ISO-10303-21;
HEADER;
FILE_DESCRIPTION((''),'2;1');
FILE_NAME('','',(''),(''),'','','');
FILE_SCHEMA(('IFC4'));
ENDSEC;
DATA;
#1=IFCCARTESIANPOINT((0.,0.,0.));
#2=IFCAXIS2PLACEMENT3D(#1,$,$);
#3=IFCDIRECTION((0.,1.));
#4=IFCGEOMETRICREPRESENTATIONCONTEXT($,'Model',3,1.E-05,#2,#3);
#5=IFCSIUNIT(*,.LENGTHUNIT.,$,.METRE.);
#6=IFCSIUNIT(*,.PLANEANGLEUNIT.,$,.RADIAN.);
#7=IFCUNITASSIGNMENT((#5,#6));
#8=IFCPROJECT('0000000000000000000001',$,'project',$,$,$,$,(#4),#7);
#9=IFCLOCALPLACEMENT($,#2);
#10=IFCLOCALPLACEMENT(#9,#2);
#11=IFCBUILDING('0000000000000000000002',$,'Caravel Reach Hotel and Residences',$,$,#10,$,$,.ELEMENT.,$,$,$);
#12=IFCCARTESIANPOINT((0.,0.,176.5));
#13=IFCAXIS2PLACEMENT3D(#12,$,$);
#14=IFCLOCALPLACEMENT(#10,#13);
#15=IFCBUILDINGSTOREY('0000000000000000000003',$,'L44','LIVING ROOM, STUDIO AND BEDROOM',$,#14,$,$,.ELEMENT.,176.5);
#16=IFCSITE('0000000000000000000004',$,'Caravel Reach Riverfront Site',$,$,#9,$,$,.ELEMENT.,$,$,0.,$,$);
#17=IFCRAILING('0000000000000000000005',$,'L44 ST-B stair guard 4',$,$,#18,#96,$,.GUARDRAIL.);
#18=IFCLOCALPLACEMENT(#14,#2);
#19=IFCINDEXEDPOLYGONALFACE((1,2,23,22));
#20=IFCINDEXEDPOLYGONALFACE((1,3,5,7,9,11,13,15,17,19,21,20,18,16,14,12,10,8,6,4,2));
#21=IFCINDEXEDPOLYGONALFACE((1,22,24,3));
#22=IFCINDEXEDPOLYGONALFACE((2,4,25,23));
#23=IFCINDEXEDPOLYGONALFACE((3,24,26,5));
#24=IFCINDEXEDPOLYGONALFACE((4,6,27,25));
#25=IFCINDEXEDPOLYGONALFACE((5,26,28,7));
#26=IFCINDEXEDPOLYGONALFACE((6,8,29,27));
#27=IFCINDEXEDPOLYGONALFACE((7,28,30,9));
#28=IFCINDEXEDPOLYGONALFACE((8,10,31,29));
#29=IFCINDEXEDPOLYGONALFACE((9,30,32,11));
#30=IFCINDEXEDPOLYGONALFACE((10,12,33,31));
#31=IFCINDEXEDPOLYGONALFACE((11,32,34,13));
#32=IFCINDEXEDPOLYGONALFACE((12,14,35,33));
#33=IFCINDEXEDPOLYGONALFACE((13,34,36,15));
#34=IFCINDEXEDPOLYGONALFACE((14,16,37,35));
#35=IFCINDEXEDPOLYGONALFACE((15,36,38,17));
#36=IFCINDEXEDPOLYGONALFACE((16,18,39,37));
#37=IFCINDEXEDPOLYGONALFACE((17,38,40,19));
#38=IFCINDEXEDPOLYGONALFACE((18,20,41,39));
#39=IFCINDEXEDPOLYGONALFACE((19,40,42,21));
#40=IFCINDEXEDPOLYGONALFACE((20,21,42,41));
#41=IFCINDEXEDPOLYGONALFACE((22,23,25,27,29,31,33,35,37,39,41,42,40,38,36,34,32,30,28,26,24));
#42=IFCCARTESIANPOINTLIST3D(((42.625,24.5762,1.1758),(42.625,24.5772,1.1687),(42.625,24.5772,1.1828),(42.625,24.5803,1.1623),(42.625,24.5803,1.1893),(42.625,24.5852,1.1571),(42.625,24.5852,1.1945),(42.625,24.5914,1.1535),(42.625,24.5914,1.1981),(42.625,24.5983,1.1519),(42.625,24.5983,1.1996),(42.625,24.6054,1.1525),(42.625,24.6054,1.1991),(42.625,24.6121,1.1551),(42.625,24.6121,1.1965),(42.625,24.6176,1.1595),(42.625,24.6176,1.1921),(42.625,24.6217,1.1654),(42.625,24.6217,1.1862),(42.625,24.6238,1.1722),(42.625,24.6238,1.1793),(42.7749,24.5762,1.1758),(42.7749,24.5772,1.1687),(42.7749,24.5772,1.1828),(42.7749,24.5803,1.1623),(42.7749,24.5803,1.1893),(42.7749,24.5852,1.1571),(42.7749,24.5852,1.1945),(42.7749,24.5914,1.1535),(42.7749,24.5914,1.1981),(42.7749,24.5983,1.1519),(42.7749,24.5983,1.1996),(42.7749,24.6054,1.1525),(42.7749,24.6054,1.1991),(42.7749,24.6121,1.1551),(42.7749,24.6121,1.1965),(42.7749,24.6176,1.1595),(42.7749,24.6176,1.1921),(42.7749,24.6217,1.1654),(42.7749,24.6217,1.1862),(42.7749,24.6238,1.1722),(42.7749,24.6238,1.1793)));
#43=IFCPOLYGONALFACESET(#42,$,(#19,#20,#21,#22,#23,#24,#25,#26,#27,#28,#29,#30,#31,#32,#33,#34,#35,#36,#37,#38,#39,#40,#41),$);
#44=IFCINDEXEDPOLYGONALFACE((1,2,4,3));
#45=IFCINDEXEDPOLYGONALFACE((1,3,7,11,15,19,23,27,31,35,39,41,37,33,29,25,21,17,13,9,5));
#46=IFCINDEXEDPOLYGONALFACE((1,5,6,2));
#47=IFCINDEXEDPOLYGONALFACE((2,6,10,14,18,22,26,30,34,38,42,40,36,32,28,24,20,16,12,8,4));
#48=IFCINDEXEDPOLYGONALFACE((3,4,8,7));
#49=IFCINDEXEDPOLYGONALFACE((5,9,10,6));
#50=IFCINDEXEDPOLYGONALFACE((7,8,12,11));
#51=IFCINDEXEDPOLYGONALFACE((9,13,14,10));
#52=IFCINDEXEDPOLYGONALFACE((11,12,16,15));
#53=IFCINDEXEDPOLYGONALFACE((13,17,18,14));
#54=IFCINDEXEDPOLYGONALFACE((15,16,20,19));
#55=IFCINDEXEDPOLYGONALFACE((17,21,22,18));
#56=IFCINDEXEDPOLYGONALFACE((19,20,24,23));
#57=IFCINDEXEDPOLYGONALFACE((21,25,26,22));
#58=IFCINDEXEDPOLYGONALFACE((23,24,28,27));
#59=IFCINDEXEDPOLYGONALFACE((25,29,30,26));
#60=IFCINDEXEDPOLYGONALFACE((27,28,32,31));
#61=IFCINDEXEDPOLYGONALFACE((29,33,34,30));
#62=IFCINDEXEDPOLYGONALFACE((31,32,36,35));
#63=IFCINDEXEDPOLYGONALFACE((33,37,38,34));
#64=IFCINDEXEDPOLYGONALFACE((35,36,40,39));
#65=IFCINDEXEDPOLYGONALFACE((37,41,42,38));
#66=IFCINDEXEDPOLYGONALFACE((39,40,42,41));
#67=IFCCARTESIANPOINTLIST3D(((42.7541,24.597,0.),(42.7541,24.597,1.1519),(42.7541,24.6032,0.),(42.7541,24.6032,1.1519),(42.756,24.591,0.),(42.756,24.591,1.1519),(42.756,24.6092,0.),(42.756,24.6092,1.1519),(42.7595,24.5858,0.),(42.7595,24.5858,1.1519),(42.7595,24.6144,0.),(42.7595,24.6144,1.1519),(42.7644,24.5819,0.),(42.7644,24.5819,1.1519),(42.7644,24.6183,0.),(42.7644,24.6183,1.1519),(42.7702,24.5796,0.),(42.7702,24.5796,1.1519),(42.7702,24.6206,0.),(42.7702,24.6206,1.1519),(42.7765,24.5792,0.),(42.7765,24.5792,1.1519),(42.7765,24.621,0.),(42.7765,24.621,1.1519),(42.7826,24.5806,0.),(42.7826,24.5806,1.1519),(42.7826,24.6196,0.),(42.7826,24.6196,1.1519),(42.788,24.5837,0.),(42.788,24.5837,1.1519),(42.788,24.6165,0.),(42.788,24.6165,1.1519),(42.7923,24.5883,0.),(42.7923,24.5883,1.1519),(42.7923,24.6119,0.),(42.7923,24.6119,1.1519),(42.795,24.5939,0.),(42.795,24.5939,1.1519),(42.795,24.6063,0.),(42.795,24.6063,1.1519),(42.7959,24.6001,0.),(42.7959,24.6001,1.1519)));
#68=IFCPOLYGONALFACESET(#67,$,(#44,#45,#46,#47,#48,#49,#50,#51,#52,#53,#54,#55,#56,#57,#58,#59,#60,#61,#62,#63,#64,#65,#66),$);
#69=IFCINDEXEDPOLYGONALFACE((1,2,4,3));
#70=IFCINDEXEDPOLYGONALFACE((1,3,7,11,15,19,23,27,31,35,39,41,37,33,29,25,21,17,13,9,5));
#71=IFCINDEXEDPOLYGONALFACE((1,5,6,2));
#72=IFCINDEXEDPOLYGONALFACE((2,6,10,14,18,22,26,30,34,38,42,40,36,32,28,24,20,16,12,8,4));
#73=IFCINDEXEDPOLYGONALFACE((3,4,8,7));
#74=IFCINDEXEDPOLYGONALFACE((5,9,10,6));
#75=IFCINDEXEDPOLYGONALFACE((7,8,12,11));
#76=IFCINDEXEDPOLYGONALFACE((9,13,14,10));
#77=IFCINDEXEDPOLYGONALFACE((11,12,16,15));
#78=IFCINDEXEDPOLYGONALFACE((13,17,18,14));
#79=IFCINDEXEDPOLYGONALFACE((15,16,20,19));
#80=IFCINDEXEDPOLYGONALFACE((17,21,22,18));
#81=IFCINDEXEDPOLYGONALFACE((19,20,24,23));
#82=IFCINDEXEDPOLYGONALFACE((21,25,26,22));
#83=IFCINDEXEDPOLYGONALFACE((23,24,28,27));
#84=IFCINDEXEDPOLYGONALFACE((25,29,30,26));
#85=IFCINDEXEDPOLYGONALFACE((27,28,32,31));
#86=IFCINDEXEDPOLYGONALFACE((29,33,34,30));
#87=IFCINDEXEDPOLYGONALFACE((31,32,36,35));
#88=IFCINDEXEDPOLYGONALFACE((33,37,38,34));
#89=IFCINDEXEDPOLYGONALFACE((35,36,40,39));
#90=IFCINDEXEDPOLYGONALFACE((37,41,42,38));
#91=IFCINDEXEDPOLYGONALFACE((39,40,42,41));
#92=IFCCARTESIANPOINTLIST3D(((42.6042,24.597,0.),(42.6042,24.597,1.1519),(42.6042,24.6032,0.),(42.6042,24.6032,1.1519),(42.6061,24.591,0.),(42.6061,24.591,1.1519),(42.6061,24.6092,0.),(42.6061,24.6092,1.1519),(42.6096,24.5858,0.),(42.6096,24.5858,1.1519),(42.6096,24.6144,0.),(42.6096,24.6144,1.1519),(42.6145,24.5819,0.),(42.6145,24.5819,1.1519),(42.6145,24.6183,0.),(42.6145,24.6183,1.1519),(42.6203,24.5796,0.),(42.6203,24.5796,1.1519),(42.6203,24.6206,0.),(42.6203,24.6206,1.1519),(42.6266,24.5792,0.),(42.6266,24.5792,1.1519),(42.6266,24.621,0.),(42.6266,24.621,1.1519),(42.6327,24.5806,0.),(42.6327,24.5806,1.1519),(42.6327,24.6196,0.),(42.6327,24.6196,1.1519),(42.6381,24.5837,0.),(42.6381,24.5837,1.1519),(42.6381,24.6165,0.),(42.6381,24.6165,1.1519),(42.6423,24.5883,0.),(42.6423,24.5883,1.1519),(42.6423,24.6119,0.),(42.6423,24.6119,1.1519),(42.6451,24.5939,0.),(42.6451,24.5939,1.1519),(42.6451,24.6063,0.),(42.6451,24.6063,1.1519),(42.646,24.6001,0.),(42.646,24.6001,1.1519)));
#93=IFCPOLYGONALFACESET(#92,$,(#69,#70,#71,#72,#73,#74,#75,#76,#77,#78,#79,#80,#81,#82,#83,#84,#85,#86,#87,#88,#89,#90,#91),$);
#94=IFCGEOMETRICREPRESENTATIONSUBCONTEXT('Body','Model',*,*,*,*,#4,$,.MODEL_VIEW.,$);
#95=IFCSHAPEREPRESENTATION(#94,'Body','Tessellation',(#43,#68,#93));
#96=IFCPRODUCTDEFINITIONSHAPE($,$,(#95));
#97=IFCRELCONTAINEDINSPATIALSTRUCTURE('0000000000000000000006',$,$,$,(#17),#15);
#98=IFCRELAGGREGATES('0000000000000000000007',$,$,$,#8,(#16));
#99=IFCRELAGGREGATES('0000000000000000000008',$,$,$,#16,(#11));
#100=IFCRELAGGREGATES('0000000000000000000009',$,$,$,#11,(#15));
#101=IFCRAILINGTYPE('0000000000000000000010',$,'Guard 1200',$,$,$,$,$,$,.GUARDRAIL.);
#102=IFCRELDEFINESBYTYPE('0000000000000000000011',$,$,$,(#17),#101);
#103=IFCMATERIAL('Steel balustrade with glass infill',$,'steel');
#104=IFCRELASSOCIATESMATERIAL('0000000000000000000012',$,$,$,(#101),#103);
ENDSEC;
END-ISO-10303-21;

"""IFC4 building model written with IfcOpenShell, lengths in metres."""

from ifc_helpers import new_model, si_unit, direction, frame, origin, origin_2d, place, context, subcontext, project, spatial, circle, extrude, material, type_object, element, save


model = new_model("IFC4")

# Units and contexts
model_context = context("Model", 3, precision=1e-05, world=origin(), true_north=direction((0.0, 1.0)))
body_context = subcontext(model_context, "Body", "Model", "MODEL_VIEW")
ifc_project = project(units=[si_unit("LENGTHUNIT", "METRE"), si_unit("PLANEANGLEUNIT", "RADIAN")], contexts=[model_context])

# Site, building, storey
site_placement = place(None, origin())
site = spatial("IfcSite", under=ifc_project, at=site_placement, Name="Caravel Reach Riverfront Site", CompositionType="ELEMENT", RefElevation=0.0)
building_placement = place(site_placement, origin())
building = spatial("IfcBuilding", under=site, at=building_placement, Name="Caravel Reach Hotel and Residences", CompositionType="ELEMENT")
storey_placement = place(building_placement, frame((0.0, 0.0, 176.5)))
storey = spatial("IfcBuildingStorey", under=building, at=storey_placement, Name="L44", Description="LIVING ROOM, STUDIO AND BEDROOM", CompositionType="ELEMENT", Elevation=176.5)

# Railing
ifc_material_1 = material(Name="Steel balustrade with glass infill", Category="steel")
railing_type_1 = type_object("IfcRailingType", Name="Guard 1200", PredefinedType="GUARDRAIL", material=ifc_material_1)
railing_1_placement = place(storey_placement, frame((42.7749, 24.6001, 0.0)))
element("IfcRailing", 1, at=railing_1_placement, inside=storey, type_object=railing_type_1, Name="L44 ST-B stair guard 4", PredefinedType="GUARDRAIL", context=body_context, shape_type="SweptSolid", body=[
    extrude(circle(Radius=0.0239, at=origin_2d()), frame((0.0, 0.0, 1.1758), z_axis=(-1.0, 0.0, 0.0), x_axis=(0.0, -1.0, 0.0)), (0.0, 0.0, 1.0), 0.1499),
    extrude(circle(Radius=0.021, at=origin_2d()), origin(), (0.0, 0.0, 1.0), 1.1519),
    extrude(circle(Radius=0.021, at=origin_2d()), frame((-0.1499, 0.0, 0.0)), (0.0, 0.0, 1.0), 1.1519),
])

save(model, "model.ifc")
